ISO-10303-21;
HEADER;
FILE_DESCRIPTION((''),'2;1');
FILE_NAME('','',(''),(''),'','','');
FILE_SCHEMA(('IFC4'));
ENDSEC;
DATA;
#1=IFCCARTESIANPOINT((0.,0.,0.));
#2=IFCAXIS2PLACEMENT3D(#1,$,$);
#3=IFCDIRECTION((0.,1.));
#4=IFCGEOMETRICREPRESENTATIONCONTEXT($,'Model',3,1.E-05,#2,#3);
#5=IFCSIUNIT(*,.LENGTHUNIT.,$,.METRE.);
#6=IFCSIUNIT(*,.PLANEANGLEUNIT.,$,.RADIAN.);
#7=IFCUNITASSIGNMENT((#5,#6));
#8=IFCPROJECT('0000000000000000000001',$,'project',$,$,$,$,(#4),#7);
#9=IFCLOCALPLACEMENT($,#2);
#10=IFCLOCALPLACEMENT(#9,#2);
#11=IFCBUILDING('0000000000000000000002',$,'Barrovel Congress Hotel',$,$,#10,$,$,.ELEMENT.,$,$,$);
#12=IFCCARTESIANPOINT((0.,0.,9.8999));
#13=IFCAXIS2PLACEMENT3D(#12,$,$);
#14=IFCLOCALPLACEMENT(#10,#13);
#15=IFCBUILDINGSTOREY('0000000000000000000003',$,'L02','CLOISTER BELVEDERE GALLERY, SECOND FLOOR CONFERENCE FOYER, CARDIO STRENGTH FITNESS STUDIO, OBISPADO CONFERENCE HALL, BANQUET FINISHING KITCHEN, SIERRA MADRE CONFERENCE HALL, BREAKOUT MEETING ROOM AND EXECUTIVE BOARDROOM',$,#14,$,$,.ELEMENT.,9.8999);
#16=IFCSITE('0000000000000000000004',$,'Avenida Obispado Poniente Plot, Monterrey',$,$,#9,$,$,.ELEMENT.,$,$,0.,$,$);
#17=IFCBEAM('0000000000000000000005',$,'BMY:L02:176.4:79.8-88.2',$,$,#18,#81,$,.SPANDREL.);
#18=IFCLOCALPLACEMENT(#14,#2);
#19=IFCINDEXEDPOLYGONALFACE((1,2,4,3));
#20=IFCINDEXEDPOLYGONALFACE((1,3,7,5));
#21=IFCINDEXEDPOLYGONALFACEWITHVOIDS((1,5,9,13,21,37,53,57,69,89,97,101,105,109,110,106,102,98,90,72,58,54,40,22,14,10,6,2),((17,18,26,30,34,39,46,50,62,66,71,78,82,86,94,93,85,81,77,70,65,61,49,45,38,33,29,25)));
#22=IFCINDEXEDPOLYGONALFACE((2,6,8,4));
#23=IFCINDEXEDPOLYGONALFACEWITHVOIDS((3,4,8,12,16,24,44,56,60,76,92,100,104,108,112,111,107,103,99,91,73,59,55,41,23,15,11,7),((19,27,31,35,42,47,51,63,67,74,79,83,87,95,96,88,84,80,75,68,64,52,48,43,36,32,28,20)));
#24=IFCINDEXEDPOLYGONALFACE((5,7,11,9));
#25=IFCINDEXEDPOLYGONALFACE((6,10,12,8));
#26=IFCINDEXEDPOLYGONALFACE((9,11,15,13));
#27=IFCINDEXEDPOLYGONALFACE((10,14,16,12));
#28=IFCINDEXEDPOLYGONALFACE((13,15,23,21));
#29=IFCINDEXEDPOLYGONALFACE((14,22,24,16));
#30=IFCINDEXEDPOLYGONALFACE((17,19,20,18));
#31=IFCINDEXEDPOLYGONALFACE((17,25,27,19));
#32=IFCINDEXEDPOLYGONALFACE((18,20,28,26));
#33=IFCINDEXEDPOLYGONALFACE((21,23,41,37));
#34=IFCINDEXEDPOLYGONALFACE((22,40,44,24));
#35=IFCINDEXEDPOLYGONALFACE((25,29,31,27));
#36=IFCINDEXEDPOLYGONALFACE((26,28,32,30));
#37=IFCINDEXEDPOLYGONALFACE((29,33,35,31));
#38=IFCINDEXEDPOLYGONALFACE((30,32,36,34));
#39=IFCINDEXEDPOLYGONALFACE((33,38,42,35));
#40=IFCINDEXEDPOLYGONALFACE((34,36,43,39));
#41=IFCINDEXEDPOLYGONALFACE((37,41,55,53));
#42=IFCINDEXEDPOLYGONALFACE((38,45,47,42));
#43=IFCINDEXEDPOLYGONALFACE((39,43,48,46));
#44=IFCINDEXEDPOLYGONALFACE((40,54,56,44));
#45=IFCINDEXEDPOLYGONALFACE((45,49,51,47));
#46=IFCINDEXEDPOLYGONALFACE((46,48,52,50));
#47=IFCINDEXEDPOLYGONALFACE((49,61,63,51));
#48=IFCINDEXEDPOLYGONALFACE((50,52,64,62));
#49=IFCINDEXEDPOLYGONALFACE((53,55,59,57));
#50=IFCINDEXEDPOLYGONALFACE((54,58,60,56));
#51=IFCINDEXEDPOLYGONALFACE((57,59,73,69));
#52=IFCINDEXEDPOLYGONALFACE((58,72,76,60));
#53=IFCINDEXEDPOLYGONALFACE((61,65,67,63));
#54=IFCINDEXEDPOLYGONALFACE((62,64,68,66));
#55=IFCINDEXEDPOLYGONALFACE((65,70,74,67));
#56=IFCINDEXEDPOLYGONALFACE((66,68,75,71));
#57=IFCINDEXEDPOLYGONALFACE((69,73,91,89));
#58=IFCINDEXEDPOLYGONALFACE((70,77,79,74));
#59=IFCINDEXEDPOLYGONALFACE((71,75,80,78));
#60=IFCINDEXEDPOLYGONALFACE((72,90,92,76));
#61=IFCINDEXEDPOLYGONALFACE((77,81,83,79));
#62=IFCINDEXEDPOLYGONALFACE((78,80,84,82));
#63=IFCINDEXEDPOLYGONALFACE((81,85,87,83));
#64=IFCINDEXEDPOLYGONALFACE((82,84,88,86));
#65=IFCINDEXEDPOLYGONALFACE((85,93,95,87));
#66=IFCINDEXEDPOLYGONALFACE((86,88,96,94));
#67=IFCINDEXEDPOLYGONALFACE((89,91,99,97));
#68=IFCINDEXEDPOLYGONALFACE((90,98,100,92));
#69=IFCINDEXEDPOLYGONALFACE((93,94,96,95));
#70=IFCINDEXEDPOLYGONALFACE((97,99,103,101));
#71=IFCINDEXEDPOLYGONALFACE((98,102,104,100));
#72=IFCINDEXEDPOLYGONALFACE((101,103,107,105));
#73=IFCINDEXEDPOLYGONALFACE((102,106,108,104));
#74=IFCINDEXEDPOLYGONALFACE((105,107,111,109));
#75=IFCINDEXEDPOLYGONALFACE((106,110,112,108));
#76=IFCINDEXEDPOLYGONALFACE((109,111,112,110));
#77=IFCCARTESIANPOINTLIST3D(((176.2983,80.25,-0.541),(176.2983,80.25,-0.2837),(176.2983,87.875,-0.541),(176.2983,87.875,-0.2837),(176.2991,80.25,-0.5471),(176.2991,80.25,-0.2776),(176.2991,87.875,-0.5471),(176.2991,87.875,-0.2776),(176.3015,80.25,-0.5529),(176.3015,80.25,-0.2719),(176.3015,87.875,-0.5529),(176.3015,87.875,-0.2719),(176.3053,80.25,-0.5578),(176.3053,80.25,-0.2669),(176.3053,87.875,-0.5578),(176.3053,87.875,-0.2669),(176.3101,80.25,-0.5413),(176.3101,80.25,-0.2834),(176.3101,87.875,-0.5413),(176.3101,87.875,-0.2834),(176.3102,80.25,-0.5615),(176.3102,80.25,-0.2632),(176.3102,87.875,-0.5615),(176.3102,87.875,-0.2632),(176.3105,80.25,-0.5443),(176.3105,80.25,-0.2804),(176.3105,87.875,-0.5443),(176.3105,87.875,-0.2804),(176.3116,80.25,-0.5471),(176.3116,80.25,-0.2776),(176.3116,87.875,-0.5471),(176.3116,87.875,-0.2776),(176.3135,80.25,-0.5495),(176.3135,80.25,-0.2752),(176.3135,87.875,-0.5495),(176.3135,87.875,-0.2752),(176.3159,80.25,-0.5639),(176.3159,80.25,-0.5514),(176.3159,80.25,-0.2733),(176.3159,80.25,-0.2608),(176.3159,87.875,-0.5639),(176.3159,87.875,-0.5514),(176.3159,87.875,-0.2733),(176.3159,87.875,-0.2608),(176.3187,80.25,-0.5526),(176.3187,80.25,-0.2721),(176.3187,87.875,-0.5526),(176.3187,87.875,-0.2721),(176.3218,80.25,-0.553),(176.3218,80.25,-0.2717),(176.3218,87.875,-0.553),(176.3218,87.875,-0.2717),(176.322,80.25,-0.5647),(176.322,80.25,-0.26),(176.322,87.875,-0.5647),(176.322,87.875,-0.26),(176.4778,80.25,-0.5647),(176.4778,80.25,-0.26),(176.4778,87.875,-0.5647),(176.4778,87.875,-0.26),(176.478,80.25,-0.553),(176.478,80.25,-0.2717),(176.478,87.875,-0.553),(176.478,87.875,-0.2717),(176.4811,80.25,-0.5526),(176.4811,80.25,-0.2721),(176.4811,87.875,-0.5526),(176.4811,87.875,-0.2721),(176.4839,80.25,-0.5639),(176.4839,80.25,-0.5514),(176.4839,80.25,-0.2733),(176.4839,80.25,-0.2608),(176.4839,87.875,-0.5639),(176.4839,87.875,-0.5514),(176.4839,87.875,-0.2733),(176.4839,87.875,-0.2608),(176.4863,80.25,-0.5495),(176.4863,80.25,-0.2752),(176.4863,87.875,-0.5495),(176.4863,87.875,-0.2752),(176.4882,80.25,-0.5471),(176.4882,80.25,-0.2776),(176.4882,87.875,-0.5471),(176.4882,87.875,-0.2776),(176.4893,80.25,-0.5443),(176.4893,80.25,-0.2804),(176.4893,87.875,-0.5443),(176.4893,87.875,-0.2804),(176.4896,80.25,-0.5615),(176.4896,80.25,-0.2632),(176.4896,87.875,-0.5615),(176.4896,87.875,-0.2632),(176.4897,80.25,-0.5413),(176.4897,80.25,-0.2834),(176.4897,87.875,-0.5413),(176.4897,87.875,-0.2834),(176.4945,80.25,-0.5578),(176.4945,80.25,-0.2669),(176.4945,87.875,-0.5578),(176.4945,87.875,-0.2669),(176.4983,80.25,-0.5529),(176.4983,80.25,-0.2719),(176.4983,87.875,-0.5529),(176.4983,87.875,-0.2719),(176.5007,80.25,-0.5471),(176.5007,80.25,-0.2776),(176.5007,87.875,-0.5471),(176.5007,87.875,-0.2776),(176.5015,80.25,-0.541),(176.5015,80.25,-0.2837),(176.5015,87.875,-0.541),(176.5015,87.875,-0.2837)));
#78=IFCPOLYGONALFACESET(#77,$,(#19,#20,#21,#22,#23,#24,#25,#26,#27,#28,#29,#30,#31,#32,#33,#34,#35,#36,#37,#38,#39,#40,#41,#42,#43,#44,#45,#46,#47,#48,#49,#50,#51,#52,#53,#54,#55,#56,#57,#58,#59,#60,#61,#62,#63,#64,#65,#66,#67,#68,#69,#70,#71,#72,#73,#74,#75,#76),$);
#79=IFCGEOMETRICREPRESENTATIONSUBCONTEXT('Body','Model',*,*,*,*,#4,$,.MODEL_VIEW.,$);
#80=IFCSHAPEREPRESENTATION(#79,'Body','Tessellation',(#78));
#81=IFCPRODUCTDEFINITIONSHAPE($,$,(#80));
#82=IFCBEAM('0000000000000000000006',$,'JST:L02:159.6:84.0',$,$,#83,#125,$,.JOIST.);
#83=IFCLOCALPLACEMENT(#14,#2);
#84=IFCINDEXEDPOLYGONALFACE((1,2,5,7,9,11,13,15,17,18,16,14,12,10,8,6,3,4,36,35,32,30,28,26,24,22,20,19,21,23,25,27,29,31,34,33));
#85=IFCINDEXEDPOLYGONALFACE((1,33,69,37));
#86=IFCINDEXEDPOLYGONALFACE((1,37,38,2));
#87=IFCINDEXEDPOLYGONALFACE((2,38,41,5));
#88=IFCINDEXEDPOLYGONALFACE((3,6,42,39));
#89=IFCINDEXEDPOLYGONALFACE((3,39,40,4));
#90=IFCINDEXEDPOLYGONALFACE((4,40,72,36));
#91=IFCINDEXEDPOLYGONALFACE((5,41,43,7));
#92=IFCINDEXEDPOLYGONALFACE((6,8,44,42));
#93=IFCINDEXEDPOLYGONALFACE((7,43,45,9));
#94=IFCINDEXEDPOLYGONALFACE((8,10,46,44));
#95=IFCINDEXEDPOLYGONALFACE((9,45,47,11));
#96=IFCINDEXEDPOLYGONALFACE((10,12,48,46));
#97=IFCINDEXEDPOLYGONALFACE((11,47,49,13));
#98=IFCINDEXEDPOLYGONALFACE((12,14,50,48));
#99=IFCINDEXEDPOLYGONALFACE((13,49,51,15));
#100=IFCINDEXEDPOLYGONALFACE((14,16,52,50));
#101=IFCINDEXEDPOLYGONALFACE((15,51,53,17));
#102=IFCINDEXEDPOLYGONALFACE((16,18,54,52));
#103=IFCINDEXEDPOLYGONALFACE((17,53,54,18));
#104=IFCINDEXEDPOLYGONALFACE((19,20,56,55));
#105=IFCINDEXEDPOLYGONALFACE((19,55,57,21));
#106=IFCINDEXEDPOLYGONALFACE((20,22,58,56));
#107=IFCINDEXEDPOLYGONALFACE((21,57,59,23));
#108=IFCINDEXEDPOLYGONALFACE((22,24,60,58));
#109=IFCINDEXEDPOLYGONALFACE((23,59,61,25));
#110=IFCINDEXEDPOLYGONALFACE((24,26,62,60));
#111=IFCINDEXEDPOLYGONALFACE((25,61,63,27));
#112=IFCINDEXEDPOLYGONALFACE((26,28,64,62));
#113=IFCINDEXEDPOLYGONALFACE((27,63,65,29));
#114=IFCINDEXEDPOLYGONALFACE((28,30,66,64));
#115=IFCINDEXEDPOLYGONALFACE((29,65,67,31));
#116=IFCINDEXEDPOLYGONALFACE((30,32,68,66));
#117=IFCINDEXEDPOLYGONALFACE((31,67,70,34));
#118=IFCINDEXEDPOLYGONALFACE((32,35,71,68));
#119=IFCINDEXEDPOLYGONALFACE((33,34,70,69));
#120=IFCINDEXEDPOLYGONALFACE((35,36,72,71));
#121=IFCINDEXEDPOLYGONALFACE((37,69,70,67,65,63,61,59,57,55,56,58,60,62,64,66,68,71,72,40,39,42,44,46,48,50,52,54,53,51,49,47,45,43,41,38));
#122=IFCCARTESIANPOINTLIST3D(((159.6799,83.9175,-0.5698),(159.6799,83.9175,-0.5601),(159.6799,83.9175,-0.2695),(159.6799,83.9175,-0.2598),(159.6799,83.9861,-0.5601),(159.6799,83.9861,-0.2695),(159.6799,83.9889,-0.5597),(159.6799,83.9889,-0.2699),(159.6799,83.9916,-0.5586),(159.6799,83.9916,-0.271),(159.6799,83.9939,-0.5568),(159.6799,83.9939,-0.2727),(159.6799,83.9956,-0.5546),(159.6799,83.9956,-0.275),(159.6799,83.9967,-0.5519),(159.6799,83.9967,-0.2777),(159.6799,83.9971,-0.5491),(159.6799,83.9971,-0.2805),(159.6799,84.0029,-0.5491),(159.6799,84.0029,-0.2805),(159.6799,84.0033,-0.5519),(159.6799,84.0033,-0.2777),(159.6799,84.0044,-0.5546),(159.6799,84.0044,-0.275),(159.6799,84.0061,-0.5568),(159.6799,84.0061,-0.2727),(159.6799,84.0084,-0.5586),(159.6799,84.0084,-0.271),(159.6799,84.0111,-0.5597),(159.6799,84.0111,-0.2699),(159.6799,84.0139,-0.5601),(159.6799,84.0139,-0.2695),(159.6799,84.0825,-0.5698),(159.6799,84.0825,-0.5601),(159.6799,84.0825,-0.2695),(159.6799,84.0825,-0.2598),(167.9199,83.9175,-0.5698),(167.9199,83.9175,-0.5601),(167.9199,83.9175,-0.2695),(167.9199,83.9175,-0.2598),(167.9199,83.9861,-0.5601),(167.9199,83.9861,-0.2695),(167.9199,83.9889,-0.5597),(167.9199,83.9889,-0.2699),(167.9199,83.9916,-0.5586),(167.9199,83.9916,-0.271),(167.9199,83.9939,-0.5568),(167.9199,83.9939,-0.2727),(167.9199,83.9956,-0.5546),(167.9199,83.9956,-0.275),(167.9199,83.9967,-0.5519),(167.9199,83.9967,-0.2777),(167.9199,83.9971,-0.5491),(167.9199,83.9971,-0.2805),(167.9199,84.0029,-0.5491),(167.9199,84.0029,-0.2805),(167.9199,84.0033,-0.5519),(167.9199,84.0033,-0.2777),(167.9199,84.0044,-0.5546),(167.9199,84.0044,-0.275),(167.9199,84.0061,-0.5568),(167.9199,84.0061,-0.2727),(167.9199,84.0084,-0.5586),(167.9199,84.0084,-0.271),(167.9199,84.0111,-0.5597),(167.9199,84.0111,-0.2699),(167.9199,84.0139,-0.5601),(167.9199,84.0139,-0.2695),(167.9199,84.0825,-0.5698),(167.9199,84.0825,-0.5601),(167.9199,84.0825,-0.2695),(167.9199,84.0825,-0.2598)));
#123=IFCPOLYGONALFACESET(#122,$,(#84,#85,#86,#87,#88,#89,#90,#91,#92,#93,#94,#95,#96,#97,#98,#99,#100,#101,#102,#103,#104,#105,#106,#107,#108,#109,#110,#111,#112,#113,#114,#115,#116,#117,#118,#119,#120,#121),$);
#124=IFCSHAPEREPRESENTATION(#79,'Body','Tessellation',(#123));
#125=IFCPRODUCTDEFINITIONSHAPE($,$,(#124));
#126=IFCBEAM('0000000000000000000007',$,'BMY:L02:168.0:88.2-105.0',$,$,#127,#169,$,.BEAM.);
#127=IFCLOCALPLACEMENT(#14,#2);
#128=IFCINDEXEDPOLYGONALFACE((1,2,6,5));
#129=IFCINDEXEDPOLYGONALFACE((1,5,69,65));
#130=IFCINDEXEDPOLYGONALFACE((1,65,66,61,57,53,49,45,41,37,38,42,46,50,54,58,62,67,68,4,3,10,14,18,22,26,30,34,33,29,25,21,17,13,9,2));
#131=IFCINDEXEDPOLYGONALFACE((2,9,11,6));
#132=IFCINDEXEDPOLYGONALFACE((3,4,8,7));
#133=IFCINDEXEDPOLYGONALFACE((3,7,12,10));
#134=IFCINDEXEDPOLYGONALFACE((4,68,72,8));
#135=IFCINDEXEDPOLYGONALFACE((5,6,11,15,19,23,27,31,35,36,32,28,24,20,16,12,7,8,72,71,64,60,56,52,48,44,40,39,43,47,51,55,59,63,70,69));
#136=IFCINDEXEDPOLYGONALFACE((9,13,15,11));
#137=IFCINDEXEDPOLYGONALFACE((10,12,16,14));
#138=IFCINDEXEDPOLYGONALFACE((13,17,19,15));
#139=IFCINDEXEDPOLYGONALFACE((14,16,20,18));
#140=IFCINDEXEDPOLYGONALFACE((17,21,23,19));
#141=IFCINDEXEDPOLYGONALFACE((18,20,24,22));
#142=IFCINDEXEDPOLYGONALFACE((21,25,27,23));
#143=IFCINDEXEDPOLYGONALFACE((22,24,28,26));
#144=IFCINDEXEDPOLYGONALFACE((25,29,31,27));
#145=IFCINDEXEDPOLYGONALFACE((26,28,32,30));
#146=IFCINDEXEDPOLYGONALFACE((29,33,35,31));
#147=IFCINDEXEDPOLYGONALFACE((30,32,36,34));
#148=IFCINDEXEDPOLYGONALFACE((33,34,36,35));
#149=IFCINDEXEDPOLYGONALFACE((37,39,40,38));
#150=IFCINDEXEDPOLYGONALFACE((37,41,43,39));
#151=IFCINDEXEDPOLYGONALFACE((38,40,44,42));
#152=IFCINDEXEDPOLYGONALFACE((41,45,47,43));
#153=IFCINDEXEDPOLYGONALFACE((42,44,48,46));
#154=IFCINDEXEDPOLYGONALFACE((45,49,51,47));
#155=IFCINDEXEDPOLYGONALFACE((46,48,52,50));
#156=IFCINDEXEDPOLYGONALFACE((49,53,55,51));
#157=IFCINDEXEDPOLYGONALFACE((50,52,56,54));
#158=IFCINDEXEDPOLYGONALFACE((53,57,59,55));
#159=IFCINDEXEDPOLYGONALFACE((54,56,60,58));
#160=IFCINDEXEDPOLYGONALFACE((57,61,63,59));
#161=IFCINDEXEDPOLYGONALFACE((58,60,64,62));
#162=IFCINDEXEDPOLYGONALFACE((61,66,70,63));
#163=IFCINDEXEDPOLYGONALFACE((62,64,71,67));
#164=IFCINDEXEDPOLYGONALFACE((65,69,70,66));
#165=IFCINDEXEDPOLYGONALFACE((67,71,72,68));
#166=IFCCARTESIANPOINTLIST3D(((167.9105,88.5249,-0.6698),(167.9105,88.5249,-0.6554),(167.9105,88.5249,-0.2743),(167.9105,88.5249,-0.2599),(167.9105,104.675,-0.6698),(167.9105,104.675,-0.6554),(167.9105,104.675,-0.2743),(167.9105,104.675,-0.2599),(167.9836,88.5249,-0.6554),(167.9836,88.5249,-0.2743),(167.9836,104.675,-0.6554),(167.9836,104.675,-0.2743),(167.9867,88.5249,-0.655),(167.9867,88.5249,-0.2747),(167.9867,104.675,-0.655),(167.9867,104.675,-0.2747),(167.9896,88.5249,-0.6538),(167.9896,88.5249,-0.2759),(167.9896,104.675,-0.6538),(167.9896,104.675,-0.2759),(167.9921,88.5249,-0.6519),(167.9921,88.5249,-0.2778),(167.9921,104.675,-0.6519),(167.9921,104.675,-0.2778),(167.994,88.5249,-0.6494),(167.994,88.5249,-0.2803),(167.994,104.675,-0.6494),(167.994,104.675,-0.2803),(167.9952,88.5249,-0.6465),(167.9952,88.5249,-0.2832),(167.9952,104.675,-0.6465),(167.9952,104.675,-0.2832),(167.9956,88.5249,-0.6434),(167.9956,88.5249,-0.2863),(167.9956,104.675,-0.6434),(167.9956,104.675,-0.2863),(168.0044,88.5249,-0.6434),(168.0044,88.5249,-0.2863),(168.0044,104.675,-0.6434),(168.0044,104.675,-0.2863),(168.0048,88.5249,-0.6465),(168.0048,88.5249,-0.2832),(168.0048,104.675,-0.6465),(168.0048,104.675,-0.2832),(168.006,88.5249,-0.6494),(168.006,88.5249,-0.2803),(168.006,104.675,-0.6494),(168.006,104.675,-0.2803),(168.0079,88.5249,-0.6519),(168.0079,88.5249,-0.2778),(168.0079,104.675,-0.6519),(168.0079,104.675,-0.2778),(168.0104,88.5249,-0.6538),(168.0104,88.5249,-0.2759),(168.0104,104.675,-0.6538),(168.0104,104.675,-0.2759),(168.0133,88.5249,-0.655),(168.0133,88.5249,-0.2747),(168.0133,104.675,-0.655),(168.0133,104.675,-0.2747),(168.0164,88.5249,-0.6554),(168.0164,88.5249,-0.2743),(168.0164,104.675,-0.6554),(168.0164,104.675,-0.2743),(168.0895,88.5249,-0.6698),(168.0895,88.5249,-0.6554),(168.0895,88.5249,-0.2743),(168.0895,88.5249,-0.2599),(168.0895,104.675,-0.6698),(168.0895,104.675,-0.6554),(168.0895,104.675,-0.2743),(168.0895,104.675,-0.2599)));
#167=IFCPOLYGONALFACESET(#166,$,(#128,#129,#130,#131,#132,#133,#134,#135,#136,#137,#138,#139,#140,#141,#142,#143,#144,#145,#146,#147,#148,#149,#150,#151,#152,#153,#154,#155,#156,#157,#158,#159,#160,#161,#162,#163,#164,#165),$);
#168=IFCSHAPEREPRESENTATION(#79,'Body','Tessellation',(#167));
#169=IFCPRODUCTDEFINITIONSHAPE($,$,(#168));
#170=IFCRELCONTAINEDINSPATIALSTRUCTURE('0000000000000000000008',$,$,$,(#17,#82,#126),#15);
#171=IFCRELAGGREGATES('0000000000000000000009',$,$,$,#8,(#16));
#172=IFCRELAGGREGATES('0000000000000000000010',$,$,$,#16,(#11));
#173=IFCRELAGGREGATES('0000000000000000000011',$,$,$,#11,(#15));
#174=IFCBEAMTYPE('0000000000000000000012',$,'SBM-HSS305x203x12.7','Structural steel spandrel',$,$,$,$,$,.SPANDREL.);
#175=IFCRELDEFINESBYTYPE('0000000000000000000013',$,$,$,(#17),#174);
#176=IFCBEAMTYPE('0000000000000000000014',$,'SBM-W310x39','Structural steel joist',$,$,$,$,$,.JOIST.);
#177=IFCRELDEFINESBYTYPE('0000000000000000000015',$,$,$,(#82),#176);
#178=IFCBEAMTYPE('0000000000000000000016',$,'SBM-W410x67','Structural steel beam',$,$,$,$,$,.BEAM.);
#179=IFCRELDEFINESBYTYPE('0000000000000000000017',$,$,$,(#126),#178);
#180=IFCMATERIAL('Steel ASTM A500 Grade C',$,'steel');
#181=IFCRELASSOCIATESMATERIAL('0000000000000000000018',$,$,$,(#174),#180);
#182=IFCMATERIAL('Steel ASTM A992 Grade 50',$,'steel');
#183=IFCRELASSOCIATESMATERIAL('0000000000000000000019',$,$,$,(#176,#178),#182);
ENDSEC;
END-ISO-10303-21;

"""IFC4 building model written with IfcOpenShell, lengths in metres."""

from ifc_helpers import new_model, si_unit, direction, frame, origin, origin_2d, place, context, subcontext, project, spatial, hollow_rectangle, i_section, extrude, material, material_profile, profile_set, type_object, element, save


model = new_model("IFC4")

# Units and contexts
model_context = context("Model", 3, precision=1e-05, world=origin(), true_north=direction((0.0, 1.0)))
body_context = subcontext(model_context, "Body", "Model", "MODEL_VIEW")
ifc_project = project(units=[si_unit("LENGTHUNIT", "METRE"), si_unit("PLANEANGLEUNIT", "RADIAN")], contexts=[model_context])

# Site, building, storey
site_placement = place(None, origin())
site = spatial("IfcSite", under=ifc_project, at=site_placement, Name="Avenida Obispado Poniente Plot, Monterrey", CompositionType="ELEMENT", RefElevation=0.0)
building_placement = place(site_placement, origin())
building = spatial("IfcBuilding", under=site, at=building_placement, Name="Barrovel Congress Hotel", CompositionType="ELEMENT")
storey_placement = place(building_placement, frame((0.0, 0.0, 9.8999)))
storey = spatial("IfcBuildingStorey", under=building, at=storey_placement, Name="L02", Description="CLOISTER BELVEDERE GALLERY, SECOND FLOOR CONFERENCE FOYER, CARDIO STRENGTH FITNESS STUDIO, OBISPADO CONFERENCE HALL, BANQUET FINISHING KITCHEN, SIERRA MADRE CONFERENCE HALL, BREAKOUT MEETING ROOM AND EXECUTIVE BOARDROOM", CompositionType="ELEMENT", Elevation=9.8999)

# Beams
ifc_material_1 = material(Name="Steel ASTM A500 Grade C", Category="steel")
ifc_material_profile_1 = material_profile(ifc_material_1, hollow_rectangle(XDim=0.2031, YDim=0.3047, WallThickness=0.0117, InnerFilletRadius=0.0117, OuterFilletRadius=0.0237, at=origin_2d()), Name="HSS305x203x12.7")
ifc_profile_set_1 = profile_set([ifc_material_profile_1], Name="Steel ASTM A500 Grade C")
beam_type_1 = type_object("IfcBeamType", Name="SBM-HSS305x203x12.7", Description="Structural steel spandrel", PredefinedType="SPANDREL", material=ifc_profile_set_1)
beam_1_placement = place(storey_placement, frame((176.3999, 80.25, -0.4124), z_axis=(0.0, 1.0, 0.0), x_axis=(-1.0, 0.0, 0.0)))
element("IfcBeam", 1, at=beam_1_placement, inside=storey, type_object=beam_type_1, Name="BMY:L02:176.4:79.8-88.2", PredefinedType="SPANDREL", context=body_context, shape_type="SweptSolid", body=[
    extrude(hollow_rectangle(XDim=0.2031, YDim=0.3047, WallThickness=0.0117, InnerFilletRadius=0.0117, OuterFilletRadius=0.0237, at=origin_2d()), origin(), (0.0, 0.0, 1.0), 7.625),
])
ifc_material_2 = material(Name="Steel ASTM A992 Grade 50", Category="steel")
ifc_material_profile_2 = material_profile(ifc_material_2, i_section(OverallWidth=0.165, OverallDepth=0.3101, WebThickness=0.0059, FlangeThickness=0.0098, FilletRadius=0.011, at=origin_2d()), Name="W310x39")
ifc_profile_set_2 = profile_set([ifc_material_profile_2], Name="Steel ASTM A992 Grade 50")
beam_type_2 = type_object("IfcBeamType", Name="SBM-W310x39", Description="Structural steel joist", PredefinedType="JOIST", material=ifc_profile_set_2)
beam_2_placement = place(storey_placement, frame((159.6799, 84.0, -0.4148), z_axis=(1.0, 0.0, 0.0), x_axis=(0.0, 1.0, 0.0)))
element("IfcBeam", 2, at=beam_2_placement, inside=storey, type_object=beam_type_2, Name="JST:L02:159.6:84.0", PredefinedType="JOIST", context=body_context, shape_type="SweptSolid", body=[
    extrude(i_section(OverallWidth=0.165, OverallDepth=0.3101, WebThickness=0.0059, FlangeThickness=0.0098, FilletRadius=0.011, at=origin_2d()), origin(), (0.0, 0.0, 1.0), 8.24),
])
ifc_material_profile_3 = material_profile(ifc_material_2, i_section(OverallWidth=0.179, OverallDepth=0.4099, WebThickness=0.0088, FlangeThickness=0.0144, FilletRadius=0.012, at=origin_2d()), Name="W410x67")
ifc_profile_set_3 = profile_set([ifc_material_profile_3], Name="Steel ASTM A992 Grade 50")
beam_type_3 = type_object("IfcBeamType", Name="SBM-W410x67", Description="Structural steel beam", PredefinedType="BEAM", material=ifc_profile_set_3)
beam_3_placement = place(storey_placement, frame((168.0, 88.5249, -0.4648), z_axis=(0.0, 1.0, 0.0), x_axis=(-1.0, 0.0, 0.0)))
element("IfcBeam", 3, at=beam_3_placement, inside=storey, type_object=beam_type_3, Name="BMY:L02:168.0:88.2-105.0", PredefinedType="BEAM", context=body_context, shape_type="SweptSolid", body=[
    extrude(i_section(OverallWidth=0.179, OverallDepth=0.4099, WebThickness=0.0088, FlangeThickness=0.0144, FilletRadius=0.012, at=origin_2d()), origin(), (0.0, 0.0, 1.0), 16.1501),
])

save(model, "model.ifc")
